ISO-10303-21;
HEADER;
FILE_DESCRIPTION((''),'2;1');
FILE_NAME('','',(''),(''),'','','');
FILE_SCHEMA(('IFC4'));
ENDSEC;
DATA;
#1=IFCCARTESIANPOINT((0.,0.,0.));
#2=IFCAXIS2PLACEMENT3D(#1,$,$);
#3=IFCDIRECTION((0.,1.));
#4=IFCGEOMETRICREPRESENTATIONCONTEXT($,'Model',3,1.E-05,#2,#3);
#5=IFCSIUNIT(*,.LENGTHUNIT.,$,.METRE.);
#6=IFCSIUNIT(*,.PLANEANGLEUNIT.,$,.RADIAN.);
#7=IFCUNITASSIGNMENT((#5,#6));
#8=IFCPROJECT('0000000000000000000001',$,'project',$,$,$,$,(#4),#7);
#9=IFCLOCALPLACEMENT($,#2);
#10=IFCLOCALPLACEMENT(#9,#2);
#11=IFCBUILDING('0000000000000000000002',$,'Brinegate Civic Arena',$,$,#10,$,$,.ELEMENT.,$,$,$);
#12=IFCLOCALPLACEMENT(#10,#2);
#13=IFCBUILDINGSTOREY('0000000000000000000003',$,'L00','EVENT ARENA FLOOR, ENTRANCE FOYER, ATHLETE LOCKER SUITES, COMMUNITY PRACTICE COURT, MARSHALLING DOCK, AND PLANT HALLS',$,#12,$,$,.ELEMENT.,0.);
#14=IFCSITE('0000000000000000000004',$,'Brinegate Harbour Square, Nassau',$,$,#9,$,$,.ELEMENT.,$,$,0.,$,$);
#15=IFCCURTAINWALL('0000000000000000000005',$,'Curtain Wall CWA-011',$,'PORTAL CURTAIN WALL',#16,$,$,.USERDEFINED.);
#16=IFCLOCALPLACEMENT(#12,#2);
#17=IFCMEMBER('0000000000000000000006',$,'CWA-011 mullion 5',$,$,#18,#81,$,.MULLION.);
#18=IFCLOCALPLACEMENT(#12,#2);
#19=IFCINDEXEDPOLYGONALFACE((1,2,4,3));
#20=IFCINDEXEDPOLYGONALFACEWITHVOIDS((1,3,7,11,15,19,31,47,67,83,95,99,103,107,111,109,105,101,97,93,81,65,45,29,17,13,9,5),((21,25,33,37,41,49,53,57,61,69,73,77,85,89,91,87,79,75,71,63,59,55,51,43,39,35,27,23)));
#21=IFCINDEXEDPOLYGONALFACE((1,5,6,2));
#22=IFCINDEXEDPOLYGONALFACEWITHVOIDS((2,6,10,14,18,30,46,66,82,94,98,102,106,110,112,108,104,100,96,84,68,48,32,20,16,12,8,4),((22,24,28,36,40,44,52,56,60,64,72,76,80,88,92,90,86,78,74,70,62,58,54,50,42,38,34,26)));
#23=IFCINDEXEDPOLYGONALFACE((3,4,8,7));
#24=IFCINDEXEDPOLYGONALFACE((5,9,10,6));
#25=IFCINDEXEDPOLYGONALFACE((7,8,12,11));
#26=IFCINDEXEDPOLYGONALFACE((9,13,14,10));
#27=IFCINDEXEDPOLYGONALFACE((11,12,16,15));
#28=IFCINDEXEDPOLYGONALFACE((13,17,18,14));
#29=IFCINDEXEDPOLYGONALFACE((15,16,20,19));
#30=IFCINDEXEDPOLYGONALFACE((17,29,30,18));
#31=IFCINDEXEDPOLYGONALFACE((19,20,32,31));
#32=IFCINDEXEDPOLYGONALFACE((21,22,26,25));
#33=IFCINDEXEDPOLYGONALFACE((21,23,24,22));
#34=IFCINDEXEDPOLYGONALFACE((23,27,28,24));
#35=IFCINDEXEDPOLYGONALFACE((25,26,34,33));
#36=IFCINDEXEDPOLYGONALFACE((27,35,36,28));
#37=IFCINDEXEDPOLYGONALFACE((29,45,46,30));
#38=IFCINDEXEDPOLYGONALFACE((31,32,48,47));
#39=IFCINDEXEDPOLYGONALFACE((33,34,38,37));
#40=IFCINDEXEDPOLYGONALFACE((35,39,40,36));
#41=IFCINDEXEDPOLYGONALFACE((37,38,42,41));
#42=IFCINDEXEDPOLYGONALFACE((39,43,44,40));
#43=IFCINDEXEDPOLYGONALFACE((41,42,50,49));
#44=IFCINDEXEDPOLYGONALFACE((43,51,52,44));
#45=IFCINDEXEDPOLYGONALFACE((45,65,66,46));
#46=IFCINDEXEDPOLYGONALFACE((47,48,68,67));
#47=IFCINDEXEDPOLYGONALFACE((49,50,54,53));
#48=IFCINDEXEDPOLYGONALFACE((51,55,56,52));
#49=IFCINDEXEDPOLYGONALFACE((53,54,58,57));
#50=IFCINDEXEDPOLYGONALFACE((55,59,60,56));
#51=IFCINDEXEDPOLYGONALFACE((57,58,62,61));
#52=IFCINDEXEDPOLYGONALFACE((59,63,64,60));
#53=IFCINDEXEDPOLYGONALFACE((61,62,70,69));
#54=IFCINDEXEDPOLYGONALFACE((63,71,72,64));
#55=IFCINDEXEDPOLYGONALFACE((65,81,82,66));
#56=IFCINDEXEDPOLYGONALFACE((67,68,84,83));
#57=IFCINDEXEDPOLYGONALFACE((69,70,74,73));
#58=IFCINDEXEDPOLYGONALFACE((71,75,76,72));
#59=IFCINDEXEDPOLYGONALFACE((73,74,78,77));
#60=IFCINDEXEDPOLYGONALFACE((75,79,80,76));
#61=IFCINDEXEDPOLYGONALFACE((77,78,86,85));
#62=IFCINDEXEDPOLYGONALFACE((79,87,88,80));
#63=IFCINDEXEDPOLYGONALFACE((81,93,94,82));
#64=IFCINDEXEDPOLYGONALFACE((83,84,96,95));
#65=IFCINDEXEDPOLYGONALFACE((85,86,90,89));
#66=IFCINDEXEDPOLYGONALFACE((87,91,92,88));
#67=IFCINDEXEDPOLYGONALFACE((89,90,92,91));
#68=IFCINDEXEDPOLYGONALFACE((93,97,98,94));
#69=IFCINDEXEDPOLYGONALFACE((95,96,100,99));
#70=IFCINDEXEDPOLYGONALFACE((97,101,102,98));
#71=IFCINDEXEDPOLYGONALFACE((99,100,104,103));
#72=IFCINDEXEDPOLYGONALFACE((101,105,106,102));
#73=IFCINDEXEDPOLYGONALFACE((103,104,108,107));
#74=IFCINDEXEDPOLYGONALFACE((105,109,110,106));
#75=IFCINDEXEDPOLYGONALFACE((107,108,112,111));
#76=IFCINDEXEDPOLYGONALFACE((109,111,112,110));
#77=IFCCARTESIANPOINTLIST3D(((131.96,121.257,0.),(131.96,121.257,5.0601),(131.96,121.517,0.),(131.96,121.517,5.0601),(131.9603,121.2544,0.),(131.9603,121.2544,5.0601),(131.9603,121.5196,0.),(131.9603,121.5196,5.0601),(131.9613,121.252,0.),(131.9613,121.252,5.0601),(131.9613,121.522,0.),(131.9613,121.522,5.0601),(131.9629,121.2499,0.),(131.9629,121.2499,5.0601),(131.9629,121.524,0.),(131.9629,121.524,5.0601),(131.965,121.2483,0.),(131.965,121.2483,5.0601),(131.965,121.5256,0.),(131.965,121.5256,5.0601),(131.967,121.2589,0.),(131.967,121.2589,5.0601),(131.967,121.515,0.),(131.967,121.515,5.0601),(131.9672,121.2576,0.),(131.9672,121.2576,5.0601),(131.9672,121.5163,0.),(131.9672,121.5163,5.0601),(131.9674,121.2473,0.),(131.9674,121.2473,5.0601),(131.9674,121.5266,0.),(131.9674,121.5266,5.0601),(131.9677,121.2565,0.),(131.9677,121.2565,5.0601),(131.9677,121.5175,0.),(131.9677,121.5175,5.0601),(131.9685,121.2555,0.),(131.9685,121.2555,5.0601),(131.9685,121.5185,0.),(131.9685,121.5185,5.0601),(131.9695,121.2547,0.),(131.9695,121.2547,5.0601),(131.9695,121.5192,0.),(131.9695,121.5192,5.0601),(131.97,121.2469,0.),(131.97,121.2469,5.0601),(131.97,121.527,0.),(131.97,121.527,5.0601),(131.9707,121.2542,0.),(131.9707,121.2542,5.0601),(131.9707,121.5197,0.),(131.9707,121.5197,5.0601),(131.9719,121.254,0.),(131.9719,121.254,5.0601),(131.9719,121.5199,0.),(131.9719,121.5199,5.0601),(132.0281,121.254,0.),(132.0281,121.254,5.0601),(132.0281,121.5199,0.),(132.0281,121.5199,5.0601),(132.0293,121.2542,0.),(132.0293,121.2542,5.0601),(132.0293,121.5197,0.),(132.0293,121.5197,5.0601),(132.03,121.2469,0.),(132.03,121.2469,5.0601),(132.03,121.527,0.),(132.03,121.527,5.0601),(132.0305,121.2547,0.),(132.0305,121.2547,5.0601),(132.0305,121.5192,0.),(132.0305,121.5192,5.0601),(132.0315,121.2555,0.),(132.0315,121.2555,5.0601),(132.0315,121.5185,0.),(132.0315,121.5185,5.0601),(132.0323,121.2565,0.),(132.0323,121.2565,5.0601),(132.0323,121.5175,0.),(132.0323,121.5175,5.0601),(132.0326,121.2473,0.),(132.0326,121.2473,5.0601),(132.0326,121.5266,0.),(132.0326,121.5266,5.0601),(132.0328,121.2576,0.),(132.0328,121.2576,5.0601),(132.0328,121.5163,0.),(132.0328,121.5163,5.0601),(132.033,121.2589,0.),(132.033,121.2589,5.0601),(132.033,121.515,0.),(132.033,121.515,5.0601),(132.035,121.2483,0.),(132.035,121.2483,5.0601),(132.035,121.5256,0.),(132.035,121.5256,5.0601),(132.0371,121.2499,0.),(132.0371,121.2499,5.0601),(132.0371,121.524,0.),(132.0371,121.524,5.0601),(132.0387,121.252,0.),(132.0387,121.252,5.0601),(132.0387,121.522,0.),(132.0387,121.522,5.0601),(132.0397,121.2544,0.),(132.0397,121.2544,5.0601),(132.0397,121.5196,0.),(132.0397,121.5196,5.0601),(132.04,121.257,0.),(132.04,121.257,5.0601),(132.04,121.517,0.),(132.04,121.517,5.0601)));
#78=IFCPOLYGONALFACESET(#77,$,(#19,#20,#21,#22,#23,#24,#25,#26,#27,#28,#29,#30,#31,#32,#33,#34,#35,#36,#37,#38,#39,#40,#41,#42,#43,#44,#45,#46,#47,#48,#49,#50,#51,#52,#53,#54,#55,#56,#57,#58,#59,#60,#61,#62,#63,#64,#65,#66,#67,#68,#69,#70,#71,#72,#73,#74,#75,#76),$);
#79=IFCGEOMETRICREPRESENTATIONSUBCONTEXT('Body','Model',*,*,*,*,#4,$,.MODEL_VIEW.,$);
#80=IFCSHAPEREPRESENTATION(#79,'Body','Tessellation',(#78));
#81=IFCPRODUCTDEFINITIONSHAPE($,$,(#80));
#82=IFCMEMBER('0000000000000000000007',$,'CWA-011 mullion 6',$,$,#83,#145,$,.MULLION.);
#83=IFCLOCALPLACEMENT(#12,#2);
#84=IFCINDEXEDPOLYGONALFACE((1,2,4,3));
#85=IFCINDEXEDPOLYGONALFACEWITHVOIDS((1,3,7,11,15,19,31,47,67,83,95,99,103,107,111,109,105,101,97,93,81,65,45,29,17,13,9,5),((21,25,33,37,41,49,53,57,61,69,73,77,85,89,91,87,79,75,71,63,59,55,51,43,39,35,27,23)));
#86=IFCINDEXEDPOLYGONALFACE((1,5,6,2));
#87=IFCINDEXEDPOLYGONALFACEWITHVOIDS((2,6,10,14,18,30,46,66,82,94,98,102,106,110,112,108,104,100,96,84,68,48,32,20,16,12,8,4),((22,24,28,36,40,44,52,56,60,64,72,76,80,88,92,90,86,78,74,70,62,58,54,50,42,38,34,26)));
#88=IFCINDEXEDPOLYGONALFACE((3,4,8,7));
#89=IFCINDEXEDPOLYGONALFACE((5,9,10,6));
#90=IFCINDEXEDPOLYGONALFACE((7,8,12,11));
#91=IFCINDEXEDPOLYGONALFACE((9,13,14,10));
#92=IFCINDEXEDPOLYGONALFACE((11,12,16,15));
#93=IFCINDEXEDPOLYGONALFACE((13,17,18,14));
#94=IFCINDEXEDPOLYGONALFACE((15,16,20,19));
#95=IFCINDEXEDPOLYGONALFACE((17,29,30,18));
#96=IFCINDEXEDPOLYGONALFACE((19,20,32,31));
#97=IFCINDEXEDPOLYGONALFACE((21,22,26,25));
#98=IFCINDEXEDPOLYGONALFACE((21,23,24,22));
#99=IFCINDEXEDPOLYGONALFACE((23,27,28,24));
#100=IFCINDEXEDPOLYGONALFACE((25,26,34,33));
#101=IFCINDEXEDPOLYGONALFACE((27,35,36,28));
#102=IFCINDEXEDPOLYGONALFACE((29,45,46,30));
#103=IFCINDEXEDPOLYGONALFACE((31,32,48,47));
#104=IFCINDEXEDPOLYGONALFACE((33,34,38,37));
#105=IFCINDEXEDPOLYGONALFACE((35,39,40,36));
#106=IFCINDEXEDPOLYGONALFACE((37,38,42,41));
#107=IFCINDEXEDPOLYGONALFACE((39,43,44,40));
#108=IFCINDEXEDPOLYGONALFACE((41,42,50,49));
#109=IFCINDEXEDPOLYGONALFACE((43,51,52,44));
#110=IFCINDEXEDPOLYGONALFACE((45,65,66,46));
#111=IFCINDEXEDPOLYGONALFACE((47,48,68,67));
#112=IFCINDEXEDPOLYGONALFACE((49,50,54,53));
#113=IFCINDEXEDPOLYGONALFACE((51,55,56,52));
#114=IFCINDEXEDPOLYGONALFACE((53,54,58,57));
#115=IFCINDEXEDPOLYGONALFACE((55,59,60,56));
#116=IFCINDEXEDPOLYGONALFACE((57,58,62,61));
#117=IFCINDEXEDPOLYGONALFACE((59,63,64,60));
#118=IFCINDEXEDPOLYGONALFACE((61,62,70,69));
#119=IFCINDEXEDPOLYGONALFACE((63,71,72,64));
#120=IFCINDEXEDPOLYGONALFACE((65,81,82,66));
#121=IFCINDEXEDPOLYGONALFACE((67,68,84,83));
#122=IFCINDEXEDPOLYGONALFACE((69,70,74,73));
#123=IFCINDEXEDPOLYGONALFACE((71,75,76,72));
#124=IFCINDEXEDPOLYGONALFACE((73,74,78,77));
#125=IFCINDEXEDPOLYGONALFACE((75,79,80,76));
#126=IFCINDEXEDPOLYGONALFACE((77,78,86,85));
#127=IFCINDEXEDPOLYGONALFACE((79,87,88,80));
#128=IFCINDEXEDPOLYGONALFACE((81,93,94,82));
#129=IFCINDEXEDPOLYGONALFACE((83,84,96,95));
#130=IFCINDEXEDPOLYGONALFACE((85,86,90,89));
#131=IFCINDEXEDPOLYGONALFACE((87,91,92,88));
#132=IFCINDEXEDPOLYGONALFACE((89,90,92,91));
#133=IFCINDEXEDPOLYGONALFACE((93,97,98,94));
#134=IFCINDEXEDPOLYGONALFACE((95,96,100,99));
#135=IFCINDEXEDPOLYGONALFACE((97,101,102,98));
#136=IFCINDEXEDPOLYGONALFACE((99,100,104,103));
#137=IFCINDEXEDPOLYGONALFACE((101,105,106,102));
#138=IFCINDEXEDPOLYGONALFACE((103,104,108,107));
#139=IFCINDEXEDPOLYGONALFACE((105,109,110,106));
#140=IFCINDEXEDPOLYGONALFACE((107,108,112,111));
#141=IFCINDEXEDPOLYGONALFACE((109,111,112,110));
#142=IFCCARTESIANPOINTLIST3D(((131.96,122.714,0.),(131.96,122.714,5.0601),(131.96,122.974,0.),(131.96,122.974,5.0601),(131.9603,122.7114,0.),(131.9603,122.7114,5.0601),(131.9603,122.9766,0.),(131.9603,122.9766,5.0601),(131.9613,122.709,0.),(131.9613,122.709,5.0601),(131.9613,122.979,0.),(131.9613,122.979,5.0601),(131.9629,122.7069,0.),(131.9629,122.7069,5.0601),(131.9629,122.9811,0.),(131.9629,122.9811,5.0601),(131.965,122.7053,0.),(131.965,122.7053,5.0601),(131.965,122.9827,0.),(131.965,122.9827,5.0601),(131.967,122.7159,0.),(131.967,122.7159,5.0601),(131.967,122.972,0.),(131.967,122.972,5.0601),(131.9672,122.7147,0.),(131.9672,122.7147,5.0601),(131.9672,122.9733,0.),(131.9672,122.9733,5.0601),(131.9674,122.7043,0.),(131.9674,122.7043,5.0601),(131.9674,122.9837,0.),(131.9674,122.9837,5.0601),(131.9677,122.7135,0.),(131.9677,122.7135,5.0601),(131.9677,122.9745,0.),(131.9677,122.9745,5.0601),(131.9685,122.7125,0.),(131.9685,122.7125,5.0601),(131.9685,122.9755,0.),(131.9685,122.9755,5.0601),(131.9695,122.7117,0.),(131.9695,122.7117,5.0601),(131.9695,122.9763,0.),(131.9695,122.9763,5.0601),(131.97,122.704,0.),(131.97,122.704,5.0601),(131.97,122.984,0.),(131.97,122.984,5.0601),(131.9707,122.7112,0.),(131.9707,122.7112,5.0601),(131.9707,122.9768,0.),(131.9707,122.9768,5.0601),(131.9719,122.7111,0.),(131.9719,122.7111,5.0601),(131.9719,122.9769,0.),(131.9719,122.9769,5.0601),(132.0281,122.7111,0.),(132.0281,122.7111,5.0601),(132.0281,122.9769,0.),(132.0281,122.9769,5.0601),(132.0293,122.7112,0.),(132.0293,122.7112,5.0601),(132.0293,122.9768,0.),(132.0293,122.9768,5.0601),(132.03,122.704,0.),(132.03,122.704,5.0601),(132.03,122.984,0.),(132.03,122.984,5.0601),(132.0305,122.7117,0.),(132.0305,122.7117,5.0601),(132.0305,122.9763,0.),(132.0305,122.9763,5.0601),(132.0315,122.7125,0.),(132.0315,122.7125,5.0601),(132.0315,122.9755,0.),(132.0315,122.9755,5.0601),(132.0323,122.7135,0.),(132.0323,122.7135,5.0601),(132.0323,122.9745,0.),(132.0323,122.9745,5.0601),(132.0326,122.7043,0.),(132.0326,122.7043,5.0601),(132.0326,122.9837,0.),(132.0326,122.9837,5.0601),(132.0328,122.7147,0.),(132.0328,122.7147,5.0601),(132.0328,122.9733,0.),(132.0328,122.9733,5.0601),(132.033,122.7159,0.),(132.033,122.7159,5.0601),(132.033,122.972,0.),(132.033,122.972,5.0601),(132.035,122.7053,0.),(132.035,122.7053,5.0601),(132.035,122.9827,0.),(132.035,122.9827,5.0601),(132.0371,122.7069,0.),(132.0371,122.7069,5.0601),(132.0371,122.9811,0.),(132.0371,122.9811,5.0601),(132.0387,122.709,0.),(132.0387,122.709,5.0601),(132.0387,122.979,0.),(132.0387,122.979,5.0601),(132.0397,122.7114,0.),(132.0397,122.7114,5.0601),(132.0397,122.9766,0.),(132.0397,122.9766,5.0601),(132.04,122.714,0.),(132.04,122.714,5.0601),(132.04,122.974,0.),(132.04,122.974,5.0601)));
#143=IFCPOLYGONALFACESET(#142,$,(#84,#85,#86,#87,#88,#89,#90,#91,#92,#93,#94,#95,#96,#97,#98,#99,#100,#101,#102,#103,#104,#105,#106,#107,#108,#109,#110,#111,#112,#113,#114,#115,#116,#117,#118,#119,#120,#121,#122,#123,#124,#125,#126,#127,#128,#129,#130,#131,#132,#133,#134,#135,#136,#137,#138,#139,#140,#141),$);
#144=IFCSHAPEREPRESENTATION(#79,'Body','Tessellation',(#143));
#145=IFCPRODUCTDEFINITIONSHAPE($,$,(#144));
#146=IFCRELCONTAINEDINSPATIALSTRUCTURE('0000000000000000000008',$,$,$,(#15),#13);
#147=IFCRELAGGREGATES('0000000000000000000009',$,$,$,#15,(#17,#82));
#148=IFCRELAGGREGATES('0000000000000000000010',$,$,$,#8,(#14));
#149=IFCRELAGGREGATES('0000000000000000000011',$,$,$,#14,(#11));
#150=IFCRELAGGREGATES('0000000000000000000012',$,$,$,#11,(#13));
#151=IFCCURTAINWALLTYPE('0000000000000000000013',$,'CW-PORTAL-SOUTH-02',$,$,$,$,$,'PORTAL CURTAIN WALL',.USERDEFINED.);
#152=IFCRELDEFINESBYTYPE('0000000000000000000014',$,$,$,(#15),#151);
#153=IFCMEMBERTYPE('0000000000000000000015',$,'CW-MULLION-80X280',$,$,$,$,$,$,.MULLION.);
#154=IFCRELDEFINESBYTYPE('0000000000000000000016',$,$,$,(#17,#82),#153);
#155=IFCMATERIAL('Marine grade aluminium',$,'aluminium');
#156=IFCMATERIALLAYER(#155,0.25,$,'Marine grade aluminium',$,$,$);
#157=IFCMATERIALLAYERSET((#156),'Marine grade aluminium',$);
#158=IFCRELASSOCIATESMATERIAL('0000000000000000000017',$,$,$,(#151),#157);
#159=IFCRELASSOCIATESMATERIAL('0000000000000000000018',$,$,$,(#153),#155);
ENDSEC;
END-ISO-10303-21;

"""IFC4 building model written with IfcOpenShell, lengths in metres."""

from ifc_helpers import new_model, si_unit, direction, frame, origin, origin_2d, place, context, subcontext, project, spatial, hollow_rectangle, extrude, material, layer, layer_set, material_profile, profile_set, type_object, element, aggregate, save


model = new_model("IFC4")

# Units and contexts
model_context = context("Model", 3, precision=1e-05, world=origin(), true_north=direction((0.0, 1.0)))
body_context = subcontext(model_context, "Body", "Model", "MODEL_VIEW")
ifc_project = project(units=[si_unit("LENGTHUNIT", "METRE"), si_unit("PLANEANGLEUNIT", "RADIAN")], contexts=[model_context])

# Site, building, storey
site_placement = place(None, origin())
site = spatial("IfcSite", under=ifc_project, at=site_placement, Name="Brinegate Harbour Square, Nassau", CompositionType="ELEMENT", RefElevation=0.0)
building_placement = place(site_placement, origin())
building = spatial("IfcBuilding", under=site, at=building_placement, Name="Brinegate Civic Arena", CompositionType="ELEMENT")
storey_placement = place(building_placement, origin())
storey = spatial("IfcBuildingStorey", under=building, at=storey_placement, Name="L00", Description="EVENT ARENA FLOOR, ENTRANCE FOYER, ATHLETE LOCKER SUITES, COMMUNITY PRACTICE COURT, MARSHALLING DOCK, AND PLANT HALLS", CompositionType="ELEMENT", Elevation=0.0)

# Curtain wall, members
ifc_material_1 = material(Name="Marine grade aluminium", Category="aluminium")
ifc_layer_1 = layer(ifc_material_1, 0.25, Name="Marine grade aluminium")
ifc_layer_set_1 = layer_set([ifc_layer_1], Name="Marine grade aluminium")
curtain_wall_type = type_object("IfcCurtainWallType", Name="CW-PORTAL-SOUTH-02", ElementType="PORTAL CURTAIN WALL", PredefinedType="USERDEFINED", material=ifc_layer_set_1)
curtain_wall_placement = place(storey_placement, origin())
curtain_wall = element("IfcCurtainWall", 1, at=curtain_wall_placement, inside=storey, type_object=curtain_wall_type, Name="Curtain Wall CWA-011", ObjectType="PORTAL CURTAIN WALL", PredefinedType="USERDEFINED")
ifc_material_profile_1 = material_profile(ifc_material_1, hollow_rectangle(XDim=0.0801, YDim=0.28, WallThickness=0.0071, InnerFilletRadius=0.0049, OuterFilletRadius=0.01, at=origin_2d()), Name="MUL80X280")
ifc_profile_set_1 = profile_set([ifc_material_profile_1], Name="Marine grade aluminium")
member_type_1 = type_object("IfcMemberType", Name="CW-MULLION-80X280", PredefinedType="MULLION", material=ifc_profile_set_1)
member_1_placement = place(storey_placement, frame((132.0, 121.387, 0.0), z_axis=(0.0, 0.0, 1.0), x_axis=(-1.0, 0.0, 0.0)))
member_1 = element("IfcMember", 2, at=member_1_placement, type_object=member_type_1, Name="CWA-011 mullion 5", PredefinedType="MULLION", context=body_context, shape_type="SweptSolid", body=[
    extrude(hollow_rectangle(XDim=0.0801, YDim=0.28, WallThickness=0.0071, InnerFilletRadius=0.0049, OuterFilletRadius=0.01, at=origin_2d()), origin(), (0.0, 0.0, 1.0), 5.0601),
])
member_2_placement = place(storey_placement, frame((132.0, 122.844, 0.0), z_axis=(0.0, 0.0, 1.0), x_axis=(-1.0, 0.0, 0.0)))
member_2 = element("IfcMember", 3, at=member_2_placement, type_object=member_type_1, Name="CWA-011 mullion 6", PredefinedType="MULLION", context=body_context, shape_type="SweptSolid", body=[
    extrude(hollow_rectangle(XDim=0.0801, YDim=0.28, WallThickness=0.0071, InnerFilletRadius=0.0049, OuterFilletRadius=0.01, at=origin_2d()), origin(), (0.0, 0.0, 1.0), 5.0601),
])
aggregate(curtain_wall, [member_1, member_2])

save(model, "model.ifc")
